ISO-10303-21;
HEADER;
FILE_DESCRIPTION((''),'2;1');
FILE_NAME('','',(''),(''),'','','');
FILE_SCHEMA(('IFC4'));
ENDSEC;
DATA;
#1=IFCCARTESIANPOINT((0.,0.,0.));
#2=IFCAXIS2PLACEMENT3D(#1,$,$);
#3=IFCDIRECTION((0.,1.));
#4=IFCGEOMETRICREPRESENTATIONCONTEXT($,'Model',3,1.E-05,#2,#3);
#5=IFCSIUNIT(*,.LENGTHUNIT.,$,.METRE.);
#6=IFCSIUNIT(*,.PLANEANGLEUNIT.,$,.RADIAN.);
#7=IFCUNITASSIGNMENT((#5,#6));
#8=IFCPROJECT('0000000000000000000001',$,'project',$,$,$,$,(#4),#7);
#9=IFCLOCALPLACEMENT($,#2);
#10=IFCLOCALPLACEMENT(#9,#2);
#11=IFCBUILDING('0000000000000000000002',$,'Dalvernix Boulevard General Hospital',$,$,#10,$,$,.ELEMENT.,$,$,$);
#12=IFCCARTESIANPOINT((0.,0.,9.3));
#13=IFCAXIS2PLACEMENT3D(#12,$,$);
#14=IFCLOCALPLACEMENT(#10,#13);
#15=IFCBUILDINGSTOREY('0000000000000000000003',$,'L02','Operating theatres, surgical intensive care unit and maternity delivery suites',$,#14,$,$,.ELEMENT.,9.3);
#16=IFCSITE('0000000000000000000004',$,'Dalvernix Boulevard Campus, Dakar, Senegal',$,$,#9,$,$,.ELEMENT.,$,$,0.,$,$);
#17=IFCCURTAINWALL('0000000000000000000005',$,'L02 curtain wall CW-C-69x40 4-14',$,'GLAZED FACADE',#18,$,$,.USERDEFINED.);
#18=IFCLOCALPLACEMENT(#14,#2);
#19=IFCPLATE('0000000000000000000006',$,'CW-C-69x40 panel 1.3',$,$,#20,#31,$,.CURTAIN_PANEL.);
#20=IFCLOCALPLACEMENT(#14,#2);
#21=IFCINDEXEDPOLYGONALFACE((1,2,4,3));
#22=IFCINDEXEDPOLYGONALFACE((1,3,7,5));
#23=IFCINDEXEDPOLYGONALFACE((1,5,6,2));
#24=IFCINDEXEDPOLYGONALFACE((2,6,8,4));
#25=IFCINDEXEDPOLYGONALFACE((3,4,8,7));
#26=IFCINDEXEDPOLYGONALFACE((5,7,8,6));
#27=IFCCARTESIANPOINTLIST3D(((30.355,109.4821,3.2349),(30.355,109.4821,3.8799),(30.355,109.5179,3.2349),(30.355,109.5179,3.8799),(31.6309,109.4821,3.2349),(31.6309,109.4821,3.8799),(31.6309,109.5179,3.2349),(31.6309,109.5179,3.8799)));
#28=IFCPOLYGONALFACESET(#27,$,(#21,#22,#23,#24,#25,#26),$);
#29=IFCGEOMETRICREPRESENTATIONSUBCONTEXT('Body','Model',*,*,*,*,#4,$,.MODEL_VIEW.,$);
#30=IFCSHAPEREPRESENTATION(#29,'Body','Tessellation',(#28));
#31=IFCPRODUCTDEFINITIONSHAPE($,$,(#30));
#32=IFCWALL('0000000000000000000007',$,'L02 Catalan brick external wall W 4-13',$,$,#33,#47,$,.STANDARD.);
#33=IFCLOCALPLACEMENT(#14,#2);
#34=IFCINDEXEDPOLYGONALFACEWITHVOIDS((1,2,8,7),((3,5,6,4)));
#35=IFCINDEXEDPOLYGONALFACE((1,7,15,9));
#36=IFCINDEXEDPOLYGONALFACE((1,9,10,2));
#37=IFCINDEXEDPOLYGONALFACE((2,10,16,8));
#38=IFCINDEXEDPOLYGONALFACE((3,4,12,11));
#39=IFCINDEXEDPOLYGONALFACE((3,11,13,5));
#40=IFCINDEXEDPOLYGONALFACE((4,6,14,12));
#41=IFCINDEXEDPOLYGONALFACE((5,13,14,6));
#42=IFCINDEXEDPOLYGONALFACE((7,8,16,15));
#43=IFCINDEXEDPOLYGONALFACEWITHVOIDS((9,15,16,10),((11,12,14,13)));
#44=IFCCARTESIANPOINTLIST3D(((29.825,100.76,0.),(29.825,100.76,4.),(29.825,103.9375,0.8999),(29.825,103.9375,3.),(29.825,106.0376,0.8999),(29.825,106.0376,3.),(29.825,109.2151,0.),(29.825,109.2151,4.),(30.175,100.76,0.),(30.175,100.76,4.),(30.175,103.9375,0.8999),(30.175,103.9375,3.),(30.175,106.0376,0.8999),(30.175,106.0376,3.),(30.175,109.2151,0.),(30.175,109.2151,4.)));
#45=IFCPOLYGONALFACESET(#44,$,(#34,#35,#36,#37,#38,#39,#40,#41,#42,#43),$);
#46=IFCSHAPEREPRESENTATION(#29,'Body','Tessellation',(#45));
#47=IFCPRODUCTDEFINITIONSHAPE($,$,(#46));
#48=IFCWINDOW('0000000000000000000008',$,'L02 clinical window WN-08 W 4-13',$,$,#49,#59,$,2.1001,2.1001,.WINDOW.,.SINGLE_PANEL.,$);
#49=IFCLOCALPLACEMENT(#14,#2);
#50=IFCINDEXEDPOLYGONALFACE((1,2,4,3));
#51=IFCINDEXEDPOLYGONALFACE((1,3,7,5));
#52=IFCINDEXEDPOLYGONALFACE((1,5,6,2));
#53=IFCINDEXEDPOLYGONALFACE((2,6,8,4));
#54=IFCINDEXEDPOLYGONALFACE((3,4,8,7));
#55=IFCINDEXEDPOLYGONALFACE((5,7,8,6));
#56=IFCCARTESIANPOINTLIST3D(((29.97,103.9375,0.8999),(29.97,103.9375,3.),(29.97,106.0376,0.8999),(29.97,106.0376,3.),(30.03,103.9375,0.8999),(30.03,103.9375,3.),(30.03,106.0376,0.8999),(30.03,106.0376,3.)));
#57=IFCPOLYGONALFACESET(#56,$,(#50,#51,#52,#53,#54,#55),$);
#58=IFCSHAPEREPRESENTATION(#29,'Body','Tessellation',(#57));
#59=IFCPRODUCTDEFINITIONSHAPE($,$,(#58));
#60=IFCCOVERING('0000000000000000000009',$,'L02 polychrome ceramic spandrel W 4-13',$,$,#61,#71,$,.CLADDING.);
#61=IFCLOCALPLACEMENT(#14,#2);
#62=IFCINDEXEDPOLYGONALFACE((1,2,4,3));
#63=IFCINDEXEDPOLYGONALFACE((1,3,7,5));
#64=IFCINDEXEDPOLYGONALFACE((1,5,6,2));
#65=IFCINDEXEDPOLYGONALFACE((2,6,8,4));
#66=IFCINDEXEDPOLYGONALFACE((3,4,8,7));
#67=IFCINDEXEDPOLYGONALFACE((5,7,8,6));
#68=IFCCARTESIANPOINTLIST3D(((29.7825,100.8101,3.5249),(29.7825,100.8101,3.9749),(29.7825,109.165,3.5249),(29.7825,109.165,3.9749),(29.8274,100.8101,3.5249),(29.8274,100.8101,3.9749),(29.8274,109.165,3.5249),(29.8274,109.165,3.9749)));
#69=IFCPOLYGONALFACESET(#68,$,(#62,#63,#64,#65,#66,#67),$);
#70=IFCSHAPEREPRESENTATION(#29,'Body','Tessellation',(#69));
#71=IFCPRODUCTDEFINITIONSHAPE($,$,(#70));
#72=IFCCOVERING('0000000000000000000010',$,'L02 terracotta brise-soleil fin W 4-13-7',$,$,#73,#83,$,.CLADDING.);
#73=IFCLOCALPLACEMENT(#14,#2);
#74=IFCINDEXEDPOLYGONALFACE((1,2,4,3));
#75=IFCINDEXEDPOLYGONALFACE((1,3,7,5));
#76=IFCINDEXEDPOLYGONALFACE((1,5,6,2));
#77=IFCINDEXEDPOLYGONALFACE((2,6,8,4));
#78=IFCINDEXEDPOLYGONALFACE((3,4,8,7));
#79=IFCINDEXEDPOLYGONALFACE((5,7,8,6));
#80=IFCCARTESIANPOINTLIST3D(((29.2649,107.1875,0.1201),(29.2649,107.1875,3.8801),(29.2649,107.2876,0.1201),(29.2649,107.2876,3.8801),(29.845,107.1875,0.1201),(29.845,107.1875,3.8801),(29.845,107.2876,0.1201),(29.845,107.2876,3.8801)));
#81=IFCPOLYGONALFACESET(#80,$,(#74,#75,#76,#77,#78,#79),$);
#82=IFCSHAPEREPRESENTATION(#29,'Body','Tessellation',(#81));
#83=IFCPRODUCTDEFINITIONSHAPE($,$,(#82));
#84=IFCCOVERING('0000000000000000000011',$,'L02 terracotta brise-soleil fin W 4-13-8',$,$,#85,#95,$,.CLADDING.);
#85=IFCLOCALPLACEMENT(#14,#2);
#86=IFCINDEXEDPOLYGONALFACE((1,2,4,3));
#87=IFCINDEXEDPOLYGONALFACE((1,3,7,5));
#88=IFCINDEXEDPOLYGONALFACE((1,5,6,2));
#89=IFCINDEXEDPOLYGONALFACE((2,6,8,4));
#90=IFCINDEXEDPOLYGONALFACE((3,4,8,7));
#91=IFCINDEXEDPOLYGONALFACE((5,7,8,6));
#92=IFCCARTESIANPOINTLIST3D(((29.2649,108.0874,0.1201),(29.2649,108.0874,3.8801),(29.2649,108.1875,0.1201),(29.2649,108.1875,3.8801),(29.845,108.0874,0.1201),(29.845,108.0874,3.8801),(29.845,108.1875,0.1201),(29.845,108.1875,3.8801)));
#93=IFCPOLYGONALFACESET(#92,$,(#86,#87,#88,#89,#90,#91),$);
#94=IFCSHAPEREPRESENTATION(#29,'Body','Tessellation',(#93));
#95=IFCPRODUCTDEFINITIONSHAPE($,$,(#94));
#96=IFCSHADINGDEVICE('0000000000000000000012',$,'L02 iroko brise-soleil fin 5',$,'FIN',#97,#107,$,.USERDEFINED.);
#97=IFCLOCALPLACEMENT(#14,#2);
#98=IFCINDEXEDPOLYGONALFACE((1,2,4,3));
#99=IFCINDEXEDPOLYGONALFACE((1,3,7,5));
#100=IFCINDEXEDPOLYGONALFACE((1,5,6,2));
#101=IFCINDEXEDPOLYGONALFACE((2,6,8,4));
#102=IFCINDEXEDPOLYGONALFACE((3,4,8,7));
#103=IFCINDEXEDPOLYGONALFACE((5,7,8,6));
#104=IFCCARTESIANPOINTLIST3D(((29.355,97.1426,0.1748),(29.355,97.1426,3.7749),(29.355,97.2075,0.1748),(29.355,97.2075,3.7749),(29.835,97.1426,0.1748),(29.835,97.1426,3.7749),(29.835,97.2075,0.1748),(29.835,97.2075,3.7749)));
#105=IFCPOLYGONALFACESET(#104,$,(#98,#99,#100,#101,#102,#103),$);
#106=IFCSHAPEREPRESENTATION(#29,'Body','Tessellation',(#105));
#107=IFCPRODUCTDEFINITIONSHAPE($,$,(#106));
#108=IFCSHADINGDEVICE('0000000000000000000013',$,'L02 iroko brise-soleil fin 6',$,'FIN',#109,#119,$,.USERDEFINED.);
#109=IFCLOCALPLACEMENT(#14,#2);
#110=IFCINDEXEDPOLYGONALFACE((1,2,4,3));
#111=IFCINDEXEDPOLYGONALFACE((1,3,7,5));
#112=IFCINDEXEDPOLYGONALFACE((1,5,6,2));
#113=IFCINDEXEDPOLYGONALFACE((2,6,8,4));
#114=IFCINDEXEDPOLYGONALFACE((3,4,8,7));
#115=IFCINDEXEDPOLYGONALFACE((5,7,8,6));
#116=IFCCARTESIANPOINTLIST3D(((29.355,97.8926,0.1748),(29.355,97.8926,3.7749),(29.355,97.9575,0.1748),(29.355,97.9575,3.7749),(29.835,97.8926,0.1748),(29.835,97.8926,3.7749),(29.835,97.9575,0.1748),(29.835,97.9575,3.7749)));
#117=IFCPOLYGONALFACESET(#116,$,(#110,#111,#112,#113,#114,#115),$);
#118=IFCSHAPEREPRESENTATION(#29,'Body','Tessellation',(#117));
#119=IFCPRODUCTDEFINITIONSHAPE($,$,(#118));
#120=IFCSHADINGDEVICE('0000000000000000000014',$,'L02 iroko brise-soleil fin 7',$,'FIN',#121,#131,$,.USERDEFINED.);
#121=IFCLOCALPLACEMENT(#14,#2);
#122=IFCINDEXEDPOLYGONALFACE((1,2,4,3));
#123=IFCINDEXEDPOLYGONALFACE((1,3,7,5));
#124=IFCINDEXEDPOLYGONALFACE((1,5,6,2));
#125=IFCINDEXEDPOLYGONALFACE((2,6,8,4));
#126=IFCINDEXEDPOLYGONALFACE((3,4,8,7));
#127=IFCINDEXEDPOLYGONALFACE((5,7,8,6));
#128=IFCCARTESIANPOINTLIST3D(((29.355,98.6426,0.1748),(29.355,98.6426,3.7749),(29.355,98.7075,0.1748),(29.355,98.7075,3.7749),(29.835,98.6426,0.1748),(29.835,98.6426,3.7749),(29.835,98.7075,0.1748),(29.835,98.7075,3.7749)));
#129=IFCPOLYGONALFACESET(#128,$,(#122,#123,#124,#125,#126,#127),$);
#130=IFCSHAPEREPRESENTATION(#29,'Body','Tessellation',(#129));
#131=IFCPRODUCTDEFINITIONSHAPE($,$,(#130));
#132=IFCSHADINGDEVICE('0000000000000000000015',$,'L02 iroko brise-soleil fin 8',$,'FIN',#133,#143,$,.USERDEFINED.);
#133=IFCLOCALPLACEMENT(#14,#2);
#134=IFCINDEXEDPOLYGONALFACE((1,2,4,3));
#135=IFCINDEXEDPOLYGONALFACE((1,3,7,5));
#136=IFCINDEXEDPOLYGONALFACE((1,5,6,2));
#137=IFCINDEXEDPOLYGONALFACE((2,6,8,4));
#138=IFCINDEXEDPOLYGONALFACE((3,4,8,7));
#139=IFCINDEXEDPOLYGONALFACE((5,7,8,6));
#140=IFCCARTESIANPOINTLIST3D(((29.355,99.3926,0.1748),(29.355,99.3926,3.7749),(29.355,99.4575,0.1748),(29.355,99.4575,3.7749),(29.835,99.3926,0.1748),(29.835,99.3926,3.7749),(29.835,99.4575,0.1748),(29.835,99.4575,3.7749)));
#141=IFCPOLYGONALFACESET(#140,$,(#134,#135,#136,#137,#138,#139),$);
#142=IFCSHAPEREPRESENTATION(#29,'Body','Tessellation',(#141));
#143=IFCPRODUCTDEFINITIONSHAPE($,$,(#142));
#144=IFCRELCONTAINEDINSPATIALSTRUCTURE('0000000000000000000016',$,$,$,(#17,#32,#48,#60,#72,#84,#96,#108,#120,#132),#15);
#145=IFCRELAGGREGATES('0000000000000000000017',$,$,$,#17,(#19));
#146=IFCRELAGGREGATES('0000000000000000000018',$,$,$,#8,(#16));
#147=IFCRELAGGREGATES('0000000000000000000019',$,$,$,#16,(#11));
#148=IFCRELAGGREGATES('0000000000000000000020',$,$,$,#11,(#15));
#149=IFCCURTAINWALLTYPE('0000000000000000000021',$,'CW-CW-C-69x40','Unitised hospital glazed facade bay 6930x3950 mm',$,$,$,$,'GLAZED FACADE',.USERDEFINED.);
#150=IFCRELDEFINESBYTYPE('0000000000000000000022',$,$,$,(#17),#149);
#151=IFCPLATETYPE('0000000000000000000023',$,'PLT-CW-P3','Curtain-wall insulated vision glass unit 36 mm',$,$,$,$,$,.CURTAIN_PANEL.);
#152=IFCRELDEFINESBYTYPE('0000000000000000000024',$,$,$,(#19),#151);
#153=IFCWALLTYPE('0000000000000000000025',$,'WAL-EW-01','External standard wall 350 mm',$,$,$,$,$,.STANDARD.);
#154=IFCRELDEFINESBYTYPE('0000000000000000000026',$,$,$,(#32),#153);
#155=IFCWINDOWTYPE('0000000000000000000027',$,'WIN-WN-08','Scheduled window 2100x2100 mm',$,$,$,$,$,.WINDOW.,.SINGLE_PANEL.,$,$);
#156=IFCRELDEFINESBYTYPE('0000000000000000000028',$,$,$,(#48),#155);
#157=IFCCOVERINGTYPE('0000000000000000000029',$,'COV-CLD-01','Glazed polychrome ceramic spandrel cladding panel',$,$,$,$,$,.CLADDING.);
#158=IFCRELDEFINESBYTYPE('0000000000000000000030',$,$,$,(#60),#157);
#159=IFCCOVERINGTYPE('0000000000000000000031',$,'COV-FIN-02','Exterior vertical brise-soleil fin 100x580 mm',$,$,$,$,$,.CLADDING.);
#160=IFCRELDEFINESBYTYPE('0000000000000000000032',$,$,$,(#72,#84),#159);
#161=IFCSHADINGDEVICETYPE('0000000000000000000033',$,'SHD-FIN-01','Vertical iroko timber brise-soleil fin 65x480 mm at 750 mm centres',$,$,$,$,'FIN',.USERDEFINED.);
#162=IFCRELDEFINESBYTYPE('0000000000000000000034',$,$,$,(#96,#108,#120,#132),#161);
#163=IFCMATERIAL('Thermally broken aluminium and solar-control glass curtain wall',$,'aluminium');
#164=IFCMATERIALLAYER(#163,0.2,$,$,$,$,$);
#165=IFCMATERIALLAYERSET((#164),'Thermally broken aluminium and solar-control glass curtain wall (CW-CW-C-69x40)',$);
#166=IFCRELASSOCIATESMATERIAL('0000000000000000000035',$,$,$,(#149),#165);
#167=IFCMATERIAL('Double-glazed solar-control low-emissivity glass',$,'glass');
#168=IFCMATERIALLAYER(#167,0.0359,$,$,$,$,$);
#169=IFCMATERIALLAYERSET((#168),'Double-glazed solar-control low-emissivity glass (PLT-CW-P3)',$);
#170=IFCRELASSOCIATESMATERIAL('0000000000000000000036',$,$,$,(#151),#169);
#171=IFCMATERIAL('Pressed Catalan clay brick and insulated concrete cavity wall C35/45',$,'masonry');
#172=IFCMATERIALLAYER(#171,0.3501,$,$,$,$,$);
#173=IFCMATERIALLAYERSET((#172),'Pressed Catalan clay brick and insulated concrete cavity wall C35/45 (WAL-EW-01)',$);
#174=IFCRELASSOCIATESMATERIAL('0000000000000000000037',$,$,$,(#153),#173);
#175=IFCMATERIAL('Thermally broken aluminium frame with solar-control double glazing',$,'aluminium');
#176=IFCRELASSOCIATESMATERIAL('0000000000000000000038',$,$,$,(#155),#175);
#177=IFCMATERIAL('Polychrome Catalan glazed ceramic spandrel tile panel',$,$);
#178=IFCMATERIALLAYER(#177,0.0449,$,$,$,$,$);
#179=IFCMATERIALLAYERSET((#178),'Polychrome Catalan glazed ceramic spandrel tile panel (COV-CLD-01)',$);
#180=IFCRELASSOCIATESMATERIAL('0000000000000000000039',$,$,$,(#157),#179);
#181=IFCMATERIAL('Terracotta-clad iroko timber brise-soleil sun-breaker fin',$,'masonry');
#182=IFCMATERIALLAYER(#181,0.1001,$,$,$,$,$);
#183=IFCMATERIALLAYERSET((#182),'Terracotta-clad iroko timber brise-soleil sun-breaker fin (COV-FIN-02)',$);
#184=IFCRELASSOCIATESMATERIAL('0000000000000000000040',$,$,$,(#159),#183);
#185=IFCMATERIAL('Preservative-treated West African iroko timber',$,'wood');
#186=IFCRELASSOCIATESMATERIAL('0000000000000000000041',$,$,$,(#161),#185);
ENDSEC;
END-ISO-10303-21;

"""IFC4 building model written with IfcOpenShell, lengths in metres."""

from ifc_helpers import new_model, si_unit, direction, frame, frame_2d, origin, origin_2d, place, context, subcontext, project, spatial, rectangle, extrude, material, layer, layer_set, type_object, element, fill, aggregate, save


model = new_model("IFC4")

# Units and contexts
model_context = context("Model", 3, precision=1e-05, world=origin(), true_north=direction((0.0, 1.0)))
body_context = subcontext(model_context, "Body", "Model", "MODEL_VIEW")
ifc_project = project(units=[si_unit("LENGTHUNIT", "METRE"), si_unit("PLANEANGLEUNIT", "RADIAN")], contexts=[model_context])

# Site, building, storey
site_placement = place(None, origin())
site = spatial("IfcSite", under=ifc_project, at=site_placement, Name="Dalvernix Boulevard Campus, Dakar, Senegal", CompositionType="ELEMENT", RefElevation=0.0)
building_placement = place(site_placement, origin())
building = spatial("IfcBuilding", under=site, at=building_placement, Name="Dalvernix Boulevard General Hospital", CompositionType="ELEMENT")
storey_placement = place(building_placement, frame((0.0, 0.0, 9.3)))
storey = spatial("IfcBuildingStorey", under=building, at=storey_placement, Name="L02", Description="Operating theatres, surgical intensive care unit and maternity delivery suites", CompositionType="ELEMENT", Elevation=9.3)

# Curtain wall, plate
ifc_material_1 = material(Name="Thermally broken aluminium and solar-control glass curtain wall", Category="aluminium")
ifc_layer_1 = layer(ifc_material_1, 0.2)
ifc_layer_set_1 = layer_set([ifc_layer_1], Name="Thermally broken aluminium and solar-control glass curtain wall (CW-CW-C-69x40)")
curtain_wall_type = type_object("IfcCurtainWallType", Name="CW-CW-C-69x40", Description="Unitised hospital glazed facade bay 6930x3950 mm", ElementType="GLAZED FACADE", PredefinedType="USERDEFINED", material=ifc_layer_set_1)
curtain_wall_placement = place(storey_placement, origin())
curtain_wall = element("IfcCurtainWall", 1, at=curtain_wall_placement, inside=storey, type_object=curtain_wall_type, Name="L02 curtain wall CW-C-69x40 4-14", ObjectType="GLAZED FACADE", PredefinedType="USERDEFINED")
ifc_material_2 = material(Name="Double-glazed solar-control low-emissivity glass", Category="glass")
ifc_layer_2 = layer(ifc_material_2, 0.0359)
ifc_layer_set_2 = layer_set([ifc_layer_2], Name="Double-glazed solar-control low-emissivity glass (PLT-CW-P3)")
plate_type = type_object("IfcPlateType", Name="PLT-CW-P3", Description="Curtain-wall insulated vision glass unit 36 mm", PredefinedType="CURTAIN_PANEL", material=ifc_layer_set_2)
plate_1_placement = place(storey_placement, frame((30.9929, 109.5, 3.2349), z_axis=(0.0, 0.0, 1.0), x_axis=(1.0, 0.0, 0.0)))
plate_1 = element("IfcPlate", 2, at=plate_1_placement, type_object=plate_type, Name="CW-C-69x40 panel 1.3", PredefinedType="CURTAIN_PANEL", context=body_context, shape_type="SweptSolid", body=[
    extrude(rectangle(XDim=1.2759, YDim=0.0359, at=origin_2d()), origin(), (0.0, 0.0, 1.0), 0.645),
])
aggregate(curtain_wall, [plate_1])

# Wall, opening, window
ifc_material_3 = material(Name="Pressed Catalan clay brick and insulated concrete cavity wall C35/45", Category="masonry")
ifc_layer_3 = layer(ifc_material_3, 0.3501)
ifc_layer_set_3 = layer_set([ifc_layer_3], Name="Pressed Catalan clay brick and insulated concrete cavity wall C35/45 (WAL-EW-01)")
wall_type = type_object("IfcWallType", Name="WAL-EW-01", Description="External standard wall 350 mm", PredefinedType="STANDARD", material=ifc_layer_set_3)
wall_placement = place(storey_placement, frame((30.0, 100.76, 0.0), z_axis=(0.0, 0.0, 1.0), x_axis=(0.0, 1.0, 0.0)))
wall = element("IfcWall", 3, at=wall_placement, inside=storey, type_object=wall_type, Name="L02 Catalan brick external wall W 4-13", PredefinedType="STANDARD", context=body_context, shape_type="SweptSolid", body=[
    extrude(rectangle(XDim=8.4551, YDim=0.3501, at=frame_2d((4.2275, 0.0))), origin(), (0.0, 0.0, 1.0), 4.0),
])
opening_placement = place(wall_placement, frame((3.1775, 0.0, 0.8999)))
opening = element("IfcOpeningElement", 4, at=opening_placement, cuts=wall, PredefinedType="OPENING", context=body_context, shape_type="SweptSolid", body=[
    extrude(rectangle(XDim=2.1001, YDim=2.1001, at=frame_2d((1.05, 1.05))), frame((0.0, 0.1851, 0.0), z_axis=(0.0, -1.0, 0.0), x_axis=(1.0, 0.0, 0.0)), (0.0, 0.0, 1.0), 0.3701),
])
ifc_material_4 = material(Name="Thermally broken aluminium frame with solar-control double glazing", Category="aluminium")
window_type = type_object("IfcWindowType", Name="WIN-WN-08", Description="Scheduled window 2100x2100 mm", PartitioningType="SINGLE_PANEL", PredefinedType="WINDOW", material=ifc_material_4)
window_placement = place(opening_placement, origin())
window = element("IfcWindow", 5, at=window_placement, inside=storey, type_object=window_type, Name="L02 clinical window WN-08 W 4-13", OverallHeight=2.1001, OverallWidth=2.1001, PartitioningType="SINGLE_PANEL", PredefinedType="WINDOW", context=body_context, shape_type="SweptSolid", body=[
    extrude(rectangle(XDim=2.1001, YDim=2.1001, at=frame_2d((1.05, 1.05))), frame((0.0, 0.03, 0.0), z_axis=(0.0, -1.0, 0.0), x_axis=(1.0, 0.0, 0.0)), (0.0, 0.0, 1.0), 0.0601),
])
fill(opening, window)

# Coverings
ifc_material_5 = material(Name="Polychrome Catalan glazed ceramic spandrel tile panel")
ifc_layer_4 = layer(ifc_material_5, 0.0449)
ifc_layer_set_4 = layer_set([ifc_layer_4], Name="Polychrome Catalan glazed ceramic spandrel tile panel (COV-CLD-01)")
covering_type_1 = type_object("IfcCoveringType", Name="COV-CLD-01", Description="Glazed polychrome ceramic spandrel cladding panel", PredefinedType="CLADDING", material=ifc_layer_set_4)
covering_placement = place(storey_placement, frame((29.8049, 104.9875, 3.5249), z_axis=(0.0, 0.0, 1.0), x_axis=(0.0, 1.0, 0.0)))
element("IfcCovering", 6, at=covering_placement, inside=storey, type_object=covering_type_1, Name="L02 polychrome ceramic spandrel W 4-13", PredefinedType="CLADDING", context=body_context, shape_type="SweptSolid", body=[
    extrude(rectangle(XDim=8.355, YDim=0.0449, at=origin_2d()), origin(), (0.0, 0.0, 1.0), 0.45),
])
ifc_material_6 = material(Name="Terracotta-clad iroko timber brise-soleil sun-breaker fin", Category="masonry")
ifc_layer_5 = layer(ifc_material_6, 0.1001)
ifc_layer_set_5 = layer_set([ifc_layer_5], Name="Terracotta-clad iroko timber brise-soleil sun-breaker fin (COV-FIN-02)")
covering_type_2 = type_object("IfcCoveringType", Name="COV-FIN-02", Description="Exterior vertical brise-soleil fin 100x580 mm", PredefinedType="CLADDING", material=ifc_layer_set_5)
for number, where, z_axis, x_axis, name in (
    (7, (29.5549, 107.2375, 0.1201), (0.0, 0.0, 1.0), (0.0, 1.0, 0.0), "L02 terracotta brise-soleil fin W 4-13-7"),
    (8, (29.5549, 108.1375, 0.1201), (0.0, 0.0, 1.0), (0.0, 1.0, 0.0), "L02 terracotta brise-soleil fin W 4-13-8"),
):
    element("IfcCovering", number, at=place(storey_placement, frame(where, z_axis=z_axis, x_axis=x_axis)), inside=storey, type_object=covering_type_2, Name=name, PredefinedType="CLADDING", context=body_context, shape_type="SweptSolid", body=[
        extrude(rectangle(XDim=0.1001, YDim=0.5801, at=origin_2d()), origin(), (0.0, 0.0, 1.0), 3.76),
    ])

# Shading devices
ifc_material_7 = material(Name="Preservative-treated West African iroko timber", Category="wood")
shading_device_type = type_object("IfcShadingDeviceType", Name="SHD-FIN-01", Description="Vertical iroko timber brise-soleil fin 65x480 mm at 750 mm centres", ElementType="FIN", PredefinedType="USERDEFINED", material=ifc_material_7)
for number, where, z_axis, x_axis, name in (
    (9, (29.595, 97.175, 0.1748), (0.0, 0.0, 1.0), (0.0, 1.0, 0.0), "L02 iroko brise-soleil fin 5"),
    (10, (29.595, 97.925, 0.1748), (0.0, 0.0, 1.0), (0.0, 1.0, 0.0), "L02 iroko brise-soleil fin 6"),
    (11, (29.595, 98.675, 0.1748), (0.0, 0.0, 1.0), (0.0, 1.0, 0.0), "L02 iroko brise-soleil fin 7"),
    (12, (29.595, 99.425, 0.1748), (0.0, 0.0, 1.0), (0.0, 1.0, 0.0), "L02 iroko brise-soleil fin 8"),
):
    element("IfcShadingDevice", number, at=place(storey_placement, frame(where, z_axis=z_axis, x_axis=x_axis)), inside=storey, type_object=shading_device_type, Name=name, ObjectType="FIN", PredefinedType="USERDEFINED", context=body_context, shape_type="SweptSolid", body=[
        extrude(rectangle(XDim=0.0649, YDim=0.48, at=origin_2d()), origin(), (0.0, 0.0, 1.0), 3.6001),
    ])

save(model, "model.ifc")
